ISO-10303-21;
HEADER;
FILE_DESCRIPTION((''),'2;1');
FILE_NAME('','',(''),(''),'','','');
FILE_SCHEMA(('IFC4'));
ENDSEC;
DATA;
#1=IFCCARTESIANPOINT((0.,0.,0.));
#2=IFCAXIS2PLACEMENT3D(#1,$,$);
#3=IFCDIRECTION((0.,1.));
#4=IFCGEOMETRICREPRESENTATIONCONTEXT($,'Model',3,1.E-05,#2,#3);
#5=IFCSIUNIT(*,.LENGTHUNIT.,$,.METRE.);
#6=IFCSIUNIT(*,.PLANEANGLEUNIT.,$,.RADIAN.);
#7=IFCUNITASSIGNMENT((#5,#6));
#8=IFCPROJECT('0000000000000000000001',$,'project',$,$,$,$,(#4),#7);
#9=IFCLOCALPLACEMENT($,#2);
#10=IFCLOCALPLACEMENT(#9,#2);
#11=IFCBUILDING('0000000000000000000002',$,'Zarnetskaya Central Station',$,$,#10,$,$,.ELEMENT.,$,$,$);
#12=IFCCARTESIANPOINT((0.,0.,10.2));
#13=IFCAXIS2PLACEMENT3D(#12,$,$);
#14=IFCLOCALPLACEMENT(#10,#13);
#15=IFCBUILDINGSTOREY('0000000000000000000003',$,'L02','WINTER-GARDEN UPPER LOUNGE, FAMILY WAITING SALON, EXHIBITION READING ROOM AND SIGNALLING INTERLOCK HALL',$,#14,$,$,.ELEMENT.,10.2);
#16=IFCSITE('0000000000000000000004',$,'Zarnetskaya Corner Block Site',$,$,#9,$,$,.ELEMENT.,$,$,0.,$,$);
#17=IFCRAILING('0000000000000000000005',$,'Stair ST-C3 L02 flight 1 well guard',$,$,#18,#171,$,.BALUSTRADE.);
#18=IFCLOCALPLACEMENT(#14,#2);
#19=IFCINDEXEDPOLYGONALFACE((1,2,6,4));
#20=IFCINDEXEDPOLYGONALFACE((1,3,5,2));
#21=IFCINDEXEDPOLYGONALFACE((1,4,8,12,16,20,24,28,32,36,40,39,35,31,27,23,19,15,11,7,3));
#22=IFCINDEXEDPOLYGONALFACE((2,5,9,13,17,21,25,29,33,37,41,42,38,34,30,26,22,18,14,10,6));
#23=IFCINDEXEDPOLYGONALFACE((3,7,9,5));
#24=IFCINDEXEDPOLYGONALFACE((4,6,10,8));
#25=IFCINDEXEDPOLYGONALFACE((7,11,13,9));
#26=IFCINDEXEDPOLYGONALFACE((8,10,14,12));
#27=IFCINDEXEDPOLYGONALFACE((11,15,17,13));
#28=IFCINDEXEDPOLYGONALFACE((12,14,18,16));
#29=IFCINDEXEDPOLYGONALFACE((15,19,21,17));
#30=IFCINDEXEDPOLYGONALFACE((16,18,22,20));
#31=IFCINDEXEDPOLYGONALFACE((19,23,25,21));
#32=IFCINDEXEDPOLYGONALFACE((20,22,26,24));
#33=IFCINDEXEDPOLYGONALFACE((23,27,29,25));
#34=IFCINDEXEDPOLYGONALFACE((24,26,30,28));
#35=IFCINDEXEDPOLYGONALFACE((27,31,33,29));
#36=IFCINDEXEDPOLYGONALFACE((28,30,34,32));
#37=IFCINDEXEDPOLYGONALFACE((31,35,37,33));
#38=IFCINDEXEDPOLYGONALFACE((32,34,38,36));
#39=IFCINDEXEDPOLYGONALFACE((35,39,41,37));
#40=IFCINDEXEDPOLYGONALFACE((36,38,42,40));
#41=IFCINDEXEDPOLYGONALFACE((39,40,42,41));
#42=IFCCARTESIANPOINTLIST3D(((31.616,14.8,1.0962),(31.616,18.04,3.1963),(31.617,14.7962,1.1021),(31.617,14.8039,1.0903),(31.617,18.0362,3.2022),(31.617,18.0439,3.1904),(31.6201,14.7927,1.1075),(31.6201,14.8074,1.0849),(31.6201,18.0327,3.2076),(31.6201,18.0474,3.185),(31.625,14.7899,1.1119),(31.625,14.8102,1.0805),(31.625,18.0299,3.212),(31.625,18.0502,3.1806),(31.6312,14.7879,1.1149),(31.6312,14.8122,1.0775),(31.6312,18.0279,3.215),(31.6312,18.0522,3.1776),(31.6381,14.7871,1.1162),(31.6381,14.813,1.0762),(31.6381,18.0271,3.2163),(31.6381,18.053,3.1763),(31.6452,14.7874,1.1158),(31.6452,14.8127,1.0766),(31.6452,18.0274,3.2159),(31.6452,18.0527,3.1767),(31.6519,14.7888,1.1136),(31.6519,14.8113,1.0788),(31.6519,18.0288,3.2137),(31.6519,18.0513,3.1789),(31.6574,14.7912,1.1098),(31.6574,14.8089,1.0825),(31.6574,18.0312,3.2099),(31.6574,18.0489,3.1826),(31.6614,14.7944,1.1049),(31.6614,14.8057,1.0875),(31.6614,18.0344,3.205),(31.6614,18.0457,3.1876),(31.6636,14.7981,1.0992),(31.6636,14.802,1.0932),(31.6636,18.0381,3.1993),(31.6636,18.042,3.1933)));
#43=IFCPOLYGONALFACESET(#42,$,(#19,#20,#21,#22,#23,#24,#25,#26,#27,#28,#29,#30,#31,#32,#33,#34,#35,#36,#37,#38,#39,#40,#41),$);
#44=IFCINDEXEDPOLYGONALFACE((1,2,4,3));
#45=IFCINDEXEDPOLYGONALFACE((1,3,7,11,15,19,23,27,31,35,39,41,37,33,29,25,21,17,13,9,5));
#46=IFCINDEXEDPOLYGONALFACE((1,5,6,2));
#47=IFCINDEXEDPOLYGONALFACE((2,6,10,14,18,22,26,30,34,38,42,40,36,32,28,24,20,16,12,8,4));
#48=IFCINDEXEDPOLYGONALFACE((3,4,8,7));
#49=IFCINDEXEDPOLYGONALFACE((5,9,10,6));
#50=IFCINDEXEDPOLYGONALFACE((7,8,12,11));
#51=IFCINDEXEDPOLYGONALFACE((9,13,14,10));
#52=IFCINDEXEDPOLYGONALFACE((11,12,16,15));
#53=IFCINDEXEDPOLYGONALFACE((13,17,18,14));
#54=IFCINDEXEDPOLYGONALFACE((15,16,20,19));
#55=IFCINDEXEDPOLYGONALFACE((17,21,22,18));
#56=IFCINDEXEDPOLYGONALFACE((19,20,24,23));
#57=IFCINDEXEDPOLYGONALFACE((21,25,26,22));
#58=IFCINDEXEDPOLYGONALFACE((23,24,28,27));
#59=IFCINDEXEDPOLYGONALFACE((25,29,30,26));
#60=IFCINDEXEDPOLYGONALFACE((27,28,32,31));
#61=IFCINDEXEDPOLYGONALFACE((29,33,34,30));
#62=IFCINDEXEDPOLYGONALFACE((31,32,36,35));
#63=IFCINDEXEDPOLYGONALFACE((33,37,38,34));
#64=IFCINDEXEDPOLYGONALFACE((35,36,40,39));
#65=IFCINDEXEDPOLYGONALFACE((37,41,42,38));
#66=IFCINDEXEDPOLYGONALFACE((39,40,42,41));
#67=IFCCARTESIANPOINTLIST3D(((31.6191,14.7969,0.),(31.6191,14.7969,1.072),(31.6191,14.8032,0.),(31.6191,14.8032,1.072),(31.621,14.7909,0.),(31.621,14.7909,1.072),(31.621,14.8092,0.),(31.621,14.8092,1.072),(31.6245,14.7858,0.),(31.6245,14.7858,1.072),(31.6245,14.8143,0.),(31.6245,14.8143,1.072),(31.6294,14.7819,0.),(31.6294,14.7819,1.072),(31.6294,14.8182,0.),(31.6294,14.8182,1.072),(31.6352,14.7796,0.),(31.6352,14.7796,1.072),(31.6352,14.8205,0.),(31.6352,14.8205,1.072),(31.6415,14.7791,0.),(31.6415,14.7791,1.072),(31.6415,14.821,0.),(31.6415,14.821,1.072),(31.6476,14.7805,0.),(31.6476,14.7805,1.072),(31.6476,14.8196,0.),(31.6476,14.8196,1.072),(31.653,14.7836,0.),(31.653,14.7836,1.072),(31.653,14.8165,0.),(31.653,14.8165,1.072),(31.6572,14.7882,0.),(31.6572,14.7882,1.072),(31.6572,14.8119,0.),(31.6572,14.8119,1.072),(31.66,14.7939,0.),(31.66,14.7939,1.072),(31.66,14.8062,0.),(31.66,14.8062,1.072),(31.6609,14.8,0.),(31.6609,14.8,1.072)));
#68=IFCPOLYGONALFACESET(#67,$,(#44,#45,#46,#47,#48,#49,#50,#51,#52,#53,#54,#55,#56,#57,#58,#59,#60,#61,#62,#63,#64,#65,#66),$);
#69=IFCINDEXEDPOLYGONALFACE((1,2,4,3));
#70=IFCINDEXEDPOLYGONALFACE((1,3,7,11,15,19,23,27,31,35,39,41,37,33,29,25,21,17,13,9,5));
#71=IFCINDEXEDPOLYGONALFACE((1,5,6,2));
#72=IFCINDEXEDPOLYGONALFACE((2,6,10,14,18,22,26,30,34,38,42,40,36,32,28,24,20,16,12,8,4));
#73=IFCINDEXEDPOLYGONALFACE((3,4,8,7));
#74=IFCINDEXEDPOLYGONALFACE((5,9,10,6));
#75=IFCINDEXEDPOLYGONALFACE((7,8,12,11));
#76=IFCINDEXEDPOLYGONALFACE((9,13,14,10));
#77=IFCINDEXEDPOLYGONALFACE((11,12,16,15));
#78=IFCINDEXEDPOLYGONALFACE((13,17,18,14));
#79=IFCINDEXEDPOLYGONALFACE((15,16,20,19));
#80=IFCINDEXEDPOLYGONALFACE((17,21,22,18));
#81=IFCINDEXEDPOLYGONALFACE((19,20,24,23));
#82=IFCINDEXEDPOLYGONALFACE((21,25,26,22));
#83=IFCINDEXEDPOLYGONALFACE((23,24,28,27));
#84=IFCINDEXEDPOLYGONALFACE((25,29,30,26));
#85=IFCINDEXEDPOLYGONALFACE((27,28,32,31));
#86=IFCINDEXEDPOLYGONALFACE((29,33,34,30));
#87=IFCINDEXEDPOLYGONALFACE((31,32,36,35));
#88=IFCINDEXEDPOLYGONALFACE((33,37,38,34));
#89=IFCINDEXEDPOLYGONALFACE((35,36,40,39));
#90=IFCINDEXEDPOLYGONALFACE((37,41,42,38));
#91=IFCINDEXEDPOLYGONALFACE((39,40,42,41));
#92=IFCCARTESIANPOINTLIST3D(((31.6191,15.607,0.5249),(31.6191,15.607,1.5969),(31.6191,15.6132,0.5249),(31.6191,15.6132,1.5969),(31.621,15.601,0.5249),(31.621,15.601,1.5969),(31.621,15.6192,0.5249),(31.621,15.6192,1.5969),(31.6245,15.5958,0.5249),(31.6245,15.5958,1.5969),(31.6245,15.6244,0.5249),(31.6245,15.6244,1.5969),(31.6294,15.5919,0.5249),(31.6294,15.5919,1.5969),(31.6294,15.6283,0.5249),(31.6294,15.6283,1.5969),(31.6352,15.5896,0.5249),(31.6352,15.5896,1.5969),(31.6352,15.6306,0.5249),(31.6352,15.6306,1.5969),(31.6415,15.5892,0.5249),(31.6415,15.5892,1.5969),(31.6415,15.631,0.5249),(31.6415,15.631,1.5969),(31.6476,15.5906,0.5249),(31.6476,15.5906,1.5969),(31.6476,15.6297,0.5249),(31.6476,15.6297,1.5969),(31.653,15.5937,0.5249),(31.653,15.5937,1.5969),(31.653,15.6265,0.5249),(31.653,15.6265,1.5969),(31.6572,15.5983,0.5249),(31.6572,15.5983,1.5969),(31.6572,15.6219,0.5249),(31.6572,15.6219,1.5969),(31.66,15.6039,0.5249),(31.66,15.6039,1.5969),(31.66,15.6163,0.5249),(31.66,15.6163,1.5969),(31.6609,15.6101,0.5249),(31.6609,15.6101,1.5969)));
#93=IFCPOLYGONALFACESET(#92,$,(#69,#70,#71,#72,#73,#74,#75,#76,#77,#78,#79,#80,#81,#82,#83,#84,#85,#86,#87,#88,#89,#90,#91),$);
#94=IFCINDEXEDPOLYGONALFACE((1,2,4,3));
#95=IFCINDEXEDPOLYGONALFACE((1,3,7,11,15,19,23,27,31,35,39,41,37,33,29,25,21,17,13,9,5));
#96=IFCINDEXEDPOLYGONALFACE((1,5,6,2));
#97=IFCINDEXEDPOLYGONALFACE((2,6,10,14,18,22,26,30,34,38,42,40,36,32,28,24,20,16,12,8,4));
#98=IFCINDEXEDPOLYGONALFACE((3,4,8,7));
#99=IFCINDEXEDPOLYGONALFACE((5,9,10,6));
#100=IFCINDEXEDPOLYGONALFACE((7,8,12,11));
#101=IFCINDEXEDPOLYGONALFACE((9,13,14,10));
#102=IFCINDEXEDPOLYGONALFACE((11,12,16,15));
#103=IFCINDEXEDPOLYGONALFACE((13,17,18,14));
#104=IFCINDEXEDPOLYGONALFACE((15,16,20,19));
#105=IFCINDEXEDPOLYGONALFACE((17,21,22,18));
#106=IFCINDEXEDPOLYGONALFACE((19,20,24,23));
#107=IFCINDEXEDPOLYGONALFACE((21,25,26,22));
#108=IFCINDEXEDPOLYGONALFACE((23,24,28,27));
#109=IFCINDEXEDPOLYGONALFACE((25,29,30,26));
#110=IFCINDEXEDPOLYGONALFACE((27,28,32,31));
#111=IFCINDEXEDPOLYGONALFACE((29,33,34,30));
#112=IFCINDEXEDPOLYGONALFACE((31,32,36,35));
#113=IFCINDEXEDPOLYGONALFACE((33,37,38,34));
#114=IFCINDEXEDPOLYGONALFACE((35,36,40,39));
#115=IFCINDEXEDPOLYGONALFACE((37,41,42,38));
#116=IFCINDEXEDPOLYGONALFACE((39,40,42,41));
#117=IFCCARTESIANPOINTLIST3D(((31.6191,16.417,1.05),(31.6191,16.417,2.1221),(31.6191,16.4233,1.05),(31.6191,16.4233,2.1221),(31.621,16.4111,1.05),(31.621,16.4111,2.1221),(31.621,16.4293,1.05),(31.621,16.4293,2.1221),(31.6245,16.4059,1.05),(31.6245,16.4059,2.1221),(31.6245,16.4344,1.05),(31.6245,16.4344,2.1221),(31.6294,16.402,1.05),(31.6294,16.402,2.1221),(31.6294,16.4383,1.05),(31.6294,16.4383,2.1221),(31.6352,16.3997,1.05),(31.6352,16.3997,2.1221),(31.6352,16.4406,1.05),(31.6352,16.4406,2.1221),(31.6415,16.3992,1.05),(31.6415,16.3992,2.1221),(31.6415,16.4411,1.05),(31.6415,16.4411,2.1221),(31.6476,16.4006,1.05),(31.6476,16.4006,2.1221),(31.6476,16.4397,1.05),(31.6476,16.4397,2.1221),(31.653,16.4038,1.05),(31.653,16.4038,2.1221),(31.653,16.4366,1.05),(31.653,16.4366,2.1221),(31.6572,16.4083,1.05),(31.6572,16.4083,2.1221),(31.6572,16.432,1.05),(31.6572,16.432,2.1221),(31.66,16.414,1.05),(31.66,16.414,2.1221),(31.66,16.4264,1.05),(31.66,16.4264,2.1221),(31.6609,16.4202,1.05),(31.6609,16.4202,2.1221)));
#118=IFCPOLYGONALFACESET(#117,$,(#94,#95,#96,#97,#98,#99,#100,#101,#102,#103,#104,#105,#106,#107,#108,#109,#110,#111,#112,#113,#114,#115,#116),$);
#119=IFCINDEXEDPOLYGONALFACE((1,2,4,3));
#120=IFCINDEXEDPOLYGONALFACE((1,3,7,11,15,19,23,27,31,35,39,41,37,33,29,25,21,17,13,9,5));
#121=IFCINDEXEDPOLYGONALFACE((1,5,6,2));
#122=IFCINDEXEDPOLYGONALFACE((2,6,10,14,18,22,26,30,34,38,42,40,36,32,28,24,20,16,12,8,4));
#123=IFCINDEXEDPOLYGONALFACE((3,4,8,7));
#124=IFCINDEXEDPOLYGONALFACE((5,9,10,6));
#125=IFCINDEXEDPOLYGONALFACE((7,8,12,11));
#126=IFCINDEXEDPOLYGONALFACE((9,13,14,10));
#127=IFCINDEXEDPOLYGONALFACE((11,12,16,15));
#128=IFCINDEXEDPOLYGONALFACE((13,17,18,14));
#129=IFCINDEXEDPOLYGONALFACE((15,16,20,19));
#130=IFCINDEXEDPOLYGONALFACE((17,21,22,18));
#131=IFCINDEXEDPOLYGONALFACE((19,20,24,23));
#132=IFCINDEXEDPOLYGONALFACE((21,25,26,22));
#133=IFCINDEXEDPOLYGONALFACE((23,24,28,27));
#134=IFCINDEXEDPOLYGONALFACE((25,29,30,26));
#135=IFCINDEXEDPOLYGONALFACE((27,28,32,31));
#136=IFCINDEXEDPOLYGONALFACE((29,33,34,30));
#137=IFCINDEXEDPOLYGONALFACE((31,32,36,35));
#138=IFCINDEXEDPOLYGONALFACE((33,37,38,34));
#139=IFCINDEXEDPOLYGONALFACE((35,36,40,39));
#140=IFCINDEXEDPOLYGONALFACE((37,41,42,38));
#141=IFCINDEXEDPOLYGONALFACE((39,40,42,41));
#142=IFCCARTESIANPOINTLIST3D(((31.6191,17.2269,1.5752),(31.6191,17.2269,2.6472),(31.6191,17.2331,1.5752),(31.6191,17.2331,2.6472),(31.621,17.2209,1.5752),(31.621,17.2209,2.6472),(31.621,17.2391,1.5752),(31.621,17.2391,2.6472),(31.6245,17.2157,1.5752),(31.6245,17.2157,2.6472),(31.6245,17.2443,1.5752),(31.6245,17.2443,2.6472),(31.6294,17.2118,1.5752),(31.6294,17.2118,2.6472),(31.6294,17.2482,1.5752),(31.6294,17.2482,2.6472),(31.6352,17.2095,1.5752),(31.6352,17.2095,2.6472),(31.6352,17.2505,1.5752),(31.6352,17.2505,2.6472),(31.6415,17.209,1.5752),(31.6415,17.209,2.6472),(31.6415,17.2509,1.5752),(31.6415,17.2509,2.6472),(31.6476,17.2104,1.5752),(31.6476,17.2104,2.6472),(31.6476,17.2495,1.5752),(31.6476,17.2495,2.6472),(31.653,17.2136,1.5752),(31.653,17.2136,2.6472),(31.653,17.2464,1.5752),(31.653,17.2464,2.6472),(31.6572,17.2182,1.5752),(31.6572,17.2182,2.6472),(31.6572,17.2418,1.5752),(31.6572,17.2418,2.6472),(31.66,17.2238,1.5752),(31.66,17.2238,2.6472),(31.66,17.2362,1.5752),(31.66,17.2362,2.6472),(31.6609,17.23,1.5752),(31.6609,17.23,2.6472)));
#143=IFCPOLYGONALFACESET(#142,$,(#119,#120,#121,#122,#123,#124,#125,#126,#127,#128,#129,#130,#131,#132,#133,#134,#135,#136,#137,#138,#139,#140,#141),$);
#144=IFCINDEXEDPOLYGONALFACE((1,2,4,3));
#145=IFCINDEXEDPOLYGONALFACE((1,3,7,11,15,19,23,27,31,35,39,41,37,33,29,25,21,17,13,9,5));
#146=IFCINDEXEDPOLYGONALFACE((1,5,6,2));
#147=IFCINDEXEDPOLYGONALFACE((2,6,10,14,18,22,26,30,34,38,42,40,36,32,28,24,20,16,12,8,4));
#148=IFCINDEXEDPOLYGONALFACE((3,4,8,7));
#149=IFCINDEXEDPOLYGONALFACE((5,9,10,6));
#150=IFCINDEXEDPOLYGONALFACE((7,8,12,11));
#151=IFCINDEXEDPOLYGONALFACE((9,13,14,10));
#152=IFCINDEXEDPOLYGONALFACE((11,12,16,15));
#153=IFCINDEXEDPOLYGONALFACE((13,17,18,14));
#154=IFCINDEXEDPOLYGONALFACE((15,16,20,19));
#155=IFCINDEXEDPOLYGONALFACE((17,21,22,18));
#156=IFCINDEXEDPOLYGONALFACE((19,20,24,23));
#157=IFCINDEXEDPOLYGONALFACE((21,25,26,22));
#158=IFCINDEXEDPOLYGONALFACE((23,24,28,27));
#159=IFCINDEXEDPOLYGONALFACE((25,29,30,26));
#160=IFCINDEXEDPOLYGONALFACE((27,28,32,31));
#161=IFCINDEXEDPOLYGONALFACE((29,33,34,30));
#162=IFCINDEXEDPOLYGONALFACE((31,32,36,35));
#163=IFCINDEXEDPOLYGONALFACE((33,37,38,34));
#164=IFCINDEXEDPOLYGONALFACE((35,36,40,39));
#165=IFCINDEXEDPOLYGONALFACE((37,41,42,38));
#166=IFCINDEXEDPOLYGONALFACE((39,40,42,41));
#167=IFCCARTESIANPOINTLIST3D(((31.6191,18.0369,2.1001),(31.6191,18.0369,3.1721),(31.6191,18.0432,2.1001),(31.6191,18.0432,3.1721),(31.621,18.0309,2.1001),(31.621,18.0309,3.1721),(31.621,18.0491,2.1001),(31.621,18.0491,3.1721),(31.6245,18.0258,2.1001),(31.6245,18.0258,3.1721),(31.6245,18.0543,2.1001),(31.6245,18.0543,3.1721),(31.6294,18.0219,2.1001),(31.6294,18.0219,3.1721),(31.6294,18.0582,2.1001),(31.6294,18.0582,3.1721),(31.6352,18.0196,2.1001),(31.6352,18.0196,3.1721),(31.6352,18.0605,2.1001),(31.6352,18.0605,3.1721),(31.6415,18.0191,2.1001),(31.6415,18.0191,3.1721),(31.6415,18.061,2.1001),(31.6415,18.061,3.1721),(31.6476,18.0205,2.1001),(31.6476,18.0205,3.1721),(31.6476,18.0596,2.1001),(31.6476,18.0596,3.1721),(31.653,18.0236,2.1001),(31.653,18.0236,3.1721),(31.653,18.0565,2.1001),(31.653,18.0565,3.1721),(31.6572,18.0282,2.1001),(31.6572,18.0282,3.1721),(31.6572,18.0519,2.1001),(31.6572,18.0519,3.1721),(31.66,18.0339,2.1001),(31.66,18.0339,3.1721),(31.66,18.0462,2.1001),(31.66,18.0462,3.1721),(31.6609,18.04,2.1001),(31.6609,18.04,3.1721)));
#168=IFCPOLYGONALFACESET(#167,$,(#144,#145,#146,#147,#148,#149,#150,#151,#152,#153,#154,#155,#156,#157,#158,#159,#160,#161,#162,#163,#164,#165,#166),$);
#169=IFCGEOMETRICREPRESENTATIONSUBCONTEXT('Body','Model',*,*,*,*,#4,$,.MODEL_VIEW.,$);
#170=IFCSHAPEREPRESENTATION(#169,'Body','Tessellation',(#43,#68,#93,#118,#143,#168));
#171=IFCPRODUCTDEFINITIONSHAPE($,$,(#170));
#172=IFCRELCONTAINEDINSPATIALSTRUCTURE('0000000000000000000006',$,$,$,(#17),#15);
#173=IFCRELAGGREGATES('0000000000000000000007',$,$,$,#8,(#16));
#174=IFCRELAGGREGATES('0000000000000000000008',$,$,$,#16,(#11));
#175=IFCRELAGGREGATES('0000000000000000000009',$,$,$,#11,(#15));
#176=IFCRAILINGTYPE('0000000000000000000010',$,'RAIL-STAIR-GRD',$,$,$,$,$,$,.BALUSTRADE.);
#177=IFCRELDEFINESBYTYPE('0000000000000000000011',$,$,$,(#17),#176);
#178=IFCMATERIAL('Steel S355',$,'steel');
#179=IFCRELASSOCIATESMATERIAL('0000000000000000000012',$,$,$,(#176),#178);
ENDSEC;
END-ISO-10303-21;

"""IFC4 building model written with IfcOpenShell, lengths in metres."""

from ifc_helpers import new_model, si_unit, direction, frame, origin, origin_2d, place, context, subcontext, project, spatial, circle, extrude, material, type_object, element, save


model = new_model("IFC4")

# Units and contexts
model_context = context("Model", 3, precision=1e-05, world=origin(), true_north=direction((0.0, 1.0)))
body_context = subcontext(model_context, "Body", "Model", "MODEL_VIEW")
ifc_project = project(units=[si_unit("LENGTHUNIT", "METRE"), si_unit("PLANEANGLEUNIT", "RADIAN")], contexts=[model_context])

# Site, building, storey
site_placement = place(None, origin())
site = spatial("IfcSite", under=ifc_project, at=site_placement, Name="Zarnetskaya Corner Block Site", CompositionType="ELEMENT", RefElevation=0.0)
building_placement = place(site_placement, origin())
building = spatial("IfcBuilding", under=site, at=building_placement, Name="Zarnetskaya Central Station", CompositionType="ELEMENT")
storey_placement = place(building_placement, frame((0.0, 0.0, 10.2)))
storey = spatial("IfcBuildingStorey", under=building, at=storey_placement, Name="L02", Description="WINTER-GARDEN UPPER LOUNGE, FAMILY WAITING SALON, EXHIBITION READING ROOM AND SIGNALLING INTERLOCK HALL", CompositionType="ELEMENT", Elevation=10.2)

# Shared definitions
ifc_material_1 = material(Name="Steel S355", Category="steel")

# Railing
railing_type_1 = type_object("IfcRailingType", Name="RAIL-STAIR-GRD", PredefinedType="BALUSTRADE", material=ifc_material_1)
railing_1_placement = place(storey_placement, frame((31.6399, 14.8, 0.0)))
element("IfcRailing", 1, at=railing_1_placement, inside=storey, type_object=railing_type_1, Name="Stair ST-C3 L02 flight 1 well guard", PredefinedType="BALUSTRADE", context=body_context, shape_type="SweptSolid", body=[
    extrude(circle(Radius=0.0239, at=origin_2d()), frame((0.0, 0.0, 1.0962), z_axis=(0.0, 0.839141, 0.543914), x_axis=(-1.0, 0.0, 0.0)), (0.0, 0.0, 1.0), 3.8611),
    extrude(circle(Radius=0.021, at=origin_2d()), origin(), (0.0, 0.0, 1.0), 1.072),
    extrude(circle(Radius=0.021, at=origin_2d()), frame((0.0, 0.8101, 0.5249)), (0.0, 0.0, 1.0), 1.072),
    extrude(circle(Radius=0.021, at=origin_2d()), frame((0.0, 1.6201, 1.05)), (0.0, 0.0, 1.0), 1.072),
    extrude(circle(Radius=0.021, at=origin_2d()), frame((0.0, 2.4299, 1.5752)), (0.0, 0.0, 1.0), 1.072),
    extrude(circle(Radius=0.021, at=origin_2d()), frame((0.0, 3.24, 2.1001)), (0.0, 0.0, 1.0), 1.072),
])

save(model, "model.ifc")
